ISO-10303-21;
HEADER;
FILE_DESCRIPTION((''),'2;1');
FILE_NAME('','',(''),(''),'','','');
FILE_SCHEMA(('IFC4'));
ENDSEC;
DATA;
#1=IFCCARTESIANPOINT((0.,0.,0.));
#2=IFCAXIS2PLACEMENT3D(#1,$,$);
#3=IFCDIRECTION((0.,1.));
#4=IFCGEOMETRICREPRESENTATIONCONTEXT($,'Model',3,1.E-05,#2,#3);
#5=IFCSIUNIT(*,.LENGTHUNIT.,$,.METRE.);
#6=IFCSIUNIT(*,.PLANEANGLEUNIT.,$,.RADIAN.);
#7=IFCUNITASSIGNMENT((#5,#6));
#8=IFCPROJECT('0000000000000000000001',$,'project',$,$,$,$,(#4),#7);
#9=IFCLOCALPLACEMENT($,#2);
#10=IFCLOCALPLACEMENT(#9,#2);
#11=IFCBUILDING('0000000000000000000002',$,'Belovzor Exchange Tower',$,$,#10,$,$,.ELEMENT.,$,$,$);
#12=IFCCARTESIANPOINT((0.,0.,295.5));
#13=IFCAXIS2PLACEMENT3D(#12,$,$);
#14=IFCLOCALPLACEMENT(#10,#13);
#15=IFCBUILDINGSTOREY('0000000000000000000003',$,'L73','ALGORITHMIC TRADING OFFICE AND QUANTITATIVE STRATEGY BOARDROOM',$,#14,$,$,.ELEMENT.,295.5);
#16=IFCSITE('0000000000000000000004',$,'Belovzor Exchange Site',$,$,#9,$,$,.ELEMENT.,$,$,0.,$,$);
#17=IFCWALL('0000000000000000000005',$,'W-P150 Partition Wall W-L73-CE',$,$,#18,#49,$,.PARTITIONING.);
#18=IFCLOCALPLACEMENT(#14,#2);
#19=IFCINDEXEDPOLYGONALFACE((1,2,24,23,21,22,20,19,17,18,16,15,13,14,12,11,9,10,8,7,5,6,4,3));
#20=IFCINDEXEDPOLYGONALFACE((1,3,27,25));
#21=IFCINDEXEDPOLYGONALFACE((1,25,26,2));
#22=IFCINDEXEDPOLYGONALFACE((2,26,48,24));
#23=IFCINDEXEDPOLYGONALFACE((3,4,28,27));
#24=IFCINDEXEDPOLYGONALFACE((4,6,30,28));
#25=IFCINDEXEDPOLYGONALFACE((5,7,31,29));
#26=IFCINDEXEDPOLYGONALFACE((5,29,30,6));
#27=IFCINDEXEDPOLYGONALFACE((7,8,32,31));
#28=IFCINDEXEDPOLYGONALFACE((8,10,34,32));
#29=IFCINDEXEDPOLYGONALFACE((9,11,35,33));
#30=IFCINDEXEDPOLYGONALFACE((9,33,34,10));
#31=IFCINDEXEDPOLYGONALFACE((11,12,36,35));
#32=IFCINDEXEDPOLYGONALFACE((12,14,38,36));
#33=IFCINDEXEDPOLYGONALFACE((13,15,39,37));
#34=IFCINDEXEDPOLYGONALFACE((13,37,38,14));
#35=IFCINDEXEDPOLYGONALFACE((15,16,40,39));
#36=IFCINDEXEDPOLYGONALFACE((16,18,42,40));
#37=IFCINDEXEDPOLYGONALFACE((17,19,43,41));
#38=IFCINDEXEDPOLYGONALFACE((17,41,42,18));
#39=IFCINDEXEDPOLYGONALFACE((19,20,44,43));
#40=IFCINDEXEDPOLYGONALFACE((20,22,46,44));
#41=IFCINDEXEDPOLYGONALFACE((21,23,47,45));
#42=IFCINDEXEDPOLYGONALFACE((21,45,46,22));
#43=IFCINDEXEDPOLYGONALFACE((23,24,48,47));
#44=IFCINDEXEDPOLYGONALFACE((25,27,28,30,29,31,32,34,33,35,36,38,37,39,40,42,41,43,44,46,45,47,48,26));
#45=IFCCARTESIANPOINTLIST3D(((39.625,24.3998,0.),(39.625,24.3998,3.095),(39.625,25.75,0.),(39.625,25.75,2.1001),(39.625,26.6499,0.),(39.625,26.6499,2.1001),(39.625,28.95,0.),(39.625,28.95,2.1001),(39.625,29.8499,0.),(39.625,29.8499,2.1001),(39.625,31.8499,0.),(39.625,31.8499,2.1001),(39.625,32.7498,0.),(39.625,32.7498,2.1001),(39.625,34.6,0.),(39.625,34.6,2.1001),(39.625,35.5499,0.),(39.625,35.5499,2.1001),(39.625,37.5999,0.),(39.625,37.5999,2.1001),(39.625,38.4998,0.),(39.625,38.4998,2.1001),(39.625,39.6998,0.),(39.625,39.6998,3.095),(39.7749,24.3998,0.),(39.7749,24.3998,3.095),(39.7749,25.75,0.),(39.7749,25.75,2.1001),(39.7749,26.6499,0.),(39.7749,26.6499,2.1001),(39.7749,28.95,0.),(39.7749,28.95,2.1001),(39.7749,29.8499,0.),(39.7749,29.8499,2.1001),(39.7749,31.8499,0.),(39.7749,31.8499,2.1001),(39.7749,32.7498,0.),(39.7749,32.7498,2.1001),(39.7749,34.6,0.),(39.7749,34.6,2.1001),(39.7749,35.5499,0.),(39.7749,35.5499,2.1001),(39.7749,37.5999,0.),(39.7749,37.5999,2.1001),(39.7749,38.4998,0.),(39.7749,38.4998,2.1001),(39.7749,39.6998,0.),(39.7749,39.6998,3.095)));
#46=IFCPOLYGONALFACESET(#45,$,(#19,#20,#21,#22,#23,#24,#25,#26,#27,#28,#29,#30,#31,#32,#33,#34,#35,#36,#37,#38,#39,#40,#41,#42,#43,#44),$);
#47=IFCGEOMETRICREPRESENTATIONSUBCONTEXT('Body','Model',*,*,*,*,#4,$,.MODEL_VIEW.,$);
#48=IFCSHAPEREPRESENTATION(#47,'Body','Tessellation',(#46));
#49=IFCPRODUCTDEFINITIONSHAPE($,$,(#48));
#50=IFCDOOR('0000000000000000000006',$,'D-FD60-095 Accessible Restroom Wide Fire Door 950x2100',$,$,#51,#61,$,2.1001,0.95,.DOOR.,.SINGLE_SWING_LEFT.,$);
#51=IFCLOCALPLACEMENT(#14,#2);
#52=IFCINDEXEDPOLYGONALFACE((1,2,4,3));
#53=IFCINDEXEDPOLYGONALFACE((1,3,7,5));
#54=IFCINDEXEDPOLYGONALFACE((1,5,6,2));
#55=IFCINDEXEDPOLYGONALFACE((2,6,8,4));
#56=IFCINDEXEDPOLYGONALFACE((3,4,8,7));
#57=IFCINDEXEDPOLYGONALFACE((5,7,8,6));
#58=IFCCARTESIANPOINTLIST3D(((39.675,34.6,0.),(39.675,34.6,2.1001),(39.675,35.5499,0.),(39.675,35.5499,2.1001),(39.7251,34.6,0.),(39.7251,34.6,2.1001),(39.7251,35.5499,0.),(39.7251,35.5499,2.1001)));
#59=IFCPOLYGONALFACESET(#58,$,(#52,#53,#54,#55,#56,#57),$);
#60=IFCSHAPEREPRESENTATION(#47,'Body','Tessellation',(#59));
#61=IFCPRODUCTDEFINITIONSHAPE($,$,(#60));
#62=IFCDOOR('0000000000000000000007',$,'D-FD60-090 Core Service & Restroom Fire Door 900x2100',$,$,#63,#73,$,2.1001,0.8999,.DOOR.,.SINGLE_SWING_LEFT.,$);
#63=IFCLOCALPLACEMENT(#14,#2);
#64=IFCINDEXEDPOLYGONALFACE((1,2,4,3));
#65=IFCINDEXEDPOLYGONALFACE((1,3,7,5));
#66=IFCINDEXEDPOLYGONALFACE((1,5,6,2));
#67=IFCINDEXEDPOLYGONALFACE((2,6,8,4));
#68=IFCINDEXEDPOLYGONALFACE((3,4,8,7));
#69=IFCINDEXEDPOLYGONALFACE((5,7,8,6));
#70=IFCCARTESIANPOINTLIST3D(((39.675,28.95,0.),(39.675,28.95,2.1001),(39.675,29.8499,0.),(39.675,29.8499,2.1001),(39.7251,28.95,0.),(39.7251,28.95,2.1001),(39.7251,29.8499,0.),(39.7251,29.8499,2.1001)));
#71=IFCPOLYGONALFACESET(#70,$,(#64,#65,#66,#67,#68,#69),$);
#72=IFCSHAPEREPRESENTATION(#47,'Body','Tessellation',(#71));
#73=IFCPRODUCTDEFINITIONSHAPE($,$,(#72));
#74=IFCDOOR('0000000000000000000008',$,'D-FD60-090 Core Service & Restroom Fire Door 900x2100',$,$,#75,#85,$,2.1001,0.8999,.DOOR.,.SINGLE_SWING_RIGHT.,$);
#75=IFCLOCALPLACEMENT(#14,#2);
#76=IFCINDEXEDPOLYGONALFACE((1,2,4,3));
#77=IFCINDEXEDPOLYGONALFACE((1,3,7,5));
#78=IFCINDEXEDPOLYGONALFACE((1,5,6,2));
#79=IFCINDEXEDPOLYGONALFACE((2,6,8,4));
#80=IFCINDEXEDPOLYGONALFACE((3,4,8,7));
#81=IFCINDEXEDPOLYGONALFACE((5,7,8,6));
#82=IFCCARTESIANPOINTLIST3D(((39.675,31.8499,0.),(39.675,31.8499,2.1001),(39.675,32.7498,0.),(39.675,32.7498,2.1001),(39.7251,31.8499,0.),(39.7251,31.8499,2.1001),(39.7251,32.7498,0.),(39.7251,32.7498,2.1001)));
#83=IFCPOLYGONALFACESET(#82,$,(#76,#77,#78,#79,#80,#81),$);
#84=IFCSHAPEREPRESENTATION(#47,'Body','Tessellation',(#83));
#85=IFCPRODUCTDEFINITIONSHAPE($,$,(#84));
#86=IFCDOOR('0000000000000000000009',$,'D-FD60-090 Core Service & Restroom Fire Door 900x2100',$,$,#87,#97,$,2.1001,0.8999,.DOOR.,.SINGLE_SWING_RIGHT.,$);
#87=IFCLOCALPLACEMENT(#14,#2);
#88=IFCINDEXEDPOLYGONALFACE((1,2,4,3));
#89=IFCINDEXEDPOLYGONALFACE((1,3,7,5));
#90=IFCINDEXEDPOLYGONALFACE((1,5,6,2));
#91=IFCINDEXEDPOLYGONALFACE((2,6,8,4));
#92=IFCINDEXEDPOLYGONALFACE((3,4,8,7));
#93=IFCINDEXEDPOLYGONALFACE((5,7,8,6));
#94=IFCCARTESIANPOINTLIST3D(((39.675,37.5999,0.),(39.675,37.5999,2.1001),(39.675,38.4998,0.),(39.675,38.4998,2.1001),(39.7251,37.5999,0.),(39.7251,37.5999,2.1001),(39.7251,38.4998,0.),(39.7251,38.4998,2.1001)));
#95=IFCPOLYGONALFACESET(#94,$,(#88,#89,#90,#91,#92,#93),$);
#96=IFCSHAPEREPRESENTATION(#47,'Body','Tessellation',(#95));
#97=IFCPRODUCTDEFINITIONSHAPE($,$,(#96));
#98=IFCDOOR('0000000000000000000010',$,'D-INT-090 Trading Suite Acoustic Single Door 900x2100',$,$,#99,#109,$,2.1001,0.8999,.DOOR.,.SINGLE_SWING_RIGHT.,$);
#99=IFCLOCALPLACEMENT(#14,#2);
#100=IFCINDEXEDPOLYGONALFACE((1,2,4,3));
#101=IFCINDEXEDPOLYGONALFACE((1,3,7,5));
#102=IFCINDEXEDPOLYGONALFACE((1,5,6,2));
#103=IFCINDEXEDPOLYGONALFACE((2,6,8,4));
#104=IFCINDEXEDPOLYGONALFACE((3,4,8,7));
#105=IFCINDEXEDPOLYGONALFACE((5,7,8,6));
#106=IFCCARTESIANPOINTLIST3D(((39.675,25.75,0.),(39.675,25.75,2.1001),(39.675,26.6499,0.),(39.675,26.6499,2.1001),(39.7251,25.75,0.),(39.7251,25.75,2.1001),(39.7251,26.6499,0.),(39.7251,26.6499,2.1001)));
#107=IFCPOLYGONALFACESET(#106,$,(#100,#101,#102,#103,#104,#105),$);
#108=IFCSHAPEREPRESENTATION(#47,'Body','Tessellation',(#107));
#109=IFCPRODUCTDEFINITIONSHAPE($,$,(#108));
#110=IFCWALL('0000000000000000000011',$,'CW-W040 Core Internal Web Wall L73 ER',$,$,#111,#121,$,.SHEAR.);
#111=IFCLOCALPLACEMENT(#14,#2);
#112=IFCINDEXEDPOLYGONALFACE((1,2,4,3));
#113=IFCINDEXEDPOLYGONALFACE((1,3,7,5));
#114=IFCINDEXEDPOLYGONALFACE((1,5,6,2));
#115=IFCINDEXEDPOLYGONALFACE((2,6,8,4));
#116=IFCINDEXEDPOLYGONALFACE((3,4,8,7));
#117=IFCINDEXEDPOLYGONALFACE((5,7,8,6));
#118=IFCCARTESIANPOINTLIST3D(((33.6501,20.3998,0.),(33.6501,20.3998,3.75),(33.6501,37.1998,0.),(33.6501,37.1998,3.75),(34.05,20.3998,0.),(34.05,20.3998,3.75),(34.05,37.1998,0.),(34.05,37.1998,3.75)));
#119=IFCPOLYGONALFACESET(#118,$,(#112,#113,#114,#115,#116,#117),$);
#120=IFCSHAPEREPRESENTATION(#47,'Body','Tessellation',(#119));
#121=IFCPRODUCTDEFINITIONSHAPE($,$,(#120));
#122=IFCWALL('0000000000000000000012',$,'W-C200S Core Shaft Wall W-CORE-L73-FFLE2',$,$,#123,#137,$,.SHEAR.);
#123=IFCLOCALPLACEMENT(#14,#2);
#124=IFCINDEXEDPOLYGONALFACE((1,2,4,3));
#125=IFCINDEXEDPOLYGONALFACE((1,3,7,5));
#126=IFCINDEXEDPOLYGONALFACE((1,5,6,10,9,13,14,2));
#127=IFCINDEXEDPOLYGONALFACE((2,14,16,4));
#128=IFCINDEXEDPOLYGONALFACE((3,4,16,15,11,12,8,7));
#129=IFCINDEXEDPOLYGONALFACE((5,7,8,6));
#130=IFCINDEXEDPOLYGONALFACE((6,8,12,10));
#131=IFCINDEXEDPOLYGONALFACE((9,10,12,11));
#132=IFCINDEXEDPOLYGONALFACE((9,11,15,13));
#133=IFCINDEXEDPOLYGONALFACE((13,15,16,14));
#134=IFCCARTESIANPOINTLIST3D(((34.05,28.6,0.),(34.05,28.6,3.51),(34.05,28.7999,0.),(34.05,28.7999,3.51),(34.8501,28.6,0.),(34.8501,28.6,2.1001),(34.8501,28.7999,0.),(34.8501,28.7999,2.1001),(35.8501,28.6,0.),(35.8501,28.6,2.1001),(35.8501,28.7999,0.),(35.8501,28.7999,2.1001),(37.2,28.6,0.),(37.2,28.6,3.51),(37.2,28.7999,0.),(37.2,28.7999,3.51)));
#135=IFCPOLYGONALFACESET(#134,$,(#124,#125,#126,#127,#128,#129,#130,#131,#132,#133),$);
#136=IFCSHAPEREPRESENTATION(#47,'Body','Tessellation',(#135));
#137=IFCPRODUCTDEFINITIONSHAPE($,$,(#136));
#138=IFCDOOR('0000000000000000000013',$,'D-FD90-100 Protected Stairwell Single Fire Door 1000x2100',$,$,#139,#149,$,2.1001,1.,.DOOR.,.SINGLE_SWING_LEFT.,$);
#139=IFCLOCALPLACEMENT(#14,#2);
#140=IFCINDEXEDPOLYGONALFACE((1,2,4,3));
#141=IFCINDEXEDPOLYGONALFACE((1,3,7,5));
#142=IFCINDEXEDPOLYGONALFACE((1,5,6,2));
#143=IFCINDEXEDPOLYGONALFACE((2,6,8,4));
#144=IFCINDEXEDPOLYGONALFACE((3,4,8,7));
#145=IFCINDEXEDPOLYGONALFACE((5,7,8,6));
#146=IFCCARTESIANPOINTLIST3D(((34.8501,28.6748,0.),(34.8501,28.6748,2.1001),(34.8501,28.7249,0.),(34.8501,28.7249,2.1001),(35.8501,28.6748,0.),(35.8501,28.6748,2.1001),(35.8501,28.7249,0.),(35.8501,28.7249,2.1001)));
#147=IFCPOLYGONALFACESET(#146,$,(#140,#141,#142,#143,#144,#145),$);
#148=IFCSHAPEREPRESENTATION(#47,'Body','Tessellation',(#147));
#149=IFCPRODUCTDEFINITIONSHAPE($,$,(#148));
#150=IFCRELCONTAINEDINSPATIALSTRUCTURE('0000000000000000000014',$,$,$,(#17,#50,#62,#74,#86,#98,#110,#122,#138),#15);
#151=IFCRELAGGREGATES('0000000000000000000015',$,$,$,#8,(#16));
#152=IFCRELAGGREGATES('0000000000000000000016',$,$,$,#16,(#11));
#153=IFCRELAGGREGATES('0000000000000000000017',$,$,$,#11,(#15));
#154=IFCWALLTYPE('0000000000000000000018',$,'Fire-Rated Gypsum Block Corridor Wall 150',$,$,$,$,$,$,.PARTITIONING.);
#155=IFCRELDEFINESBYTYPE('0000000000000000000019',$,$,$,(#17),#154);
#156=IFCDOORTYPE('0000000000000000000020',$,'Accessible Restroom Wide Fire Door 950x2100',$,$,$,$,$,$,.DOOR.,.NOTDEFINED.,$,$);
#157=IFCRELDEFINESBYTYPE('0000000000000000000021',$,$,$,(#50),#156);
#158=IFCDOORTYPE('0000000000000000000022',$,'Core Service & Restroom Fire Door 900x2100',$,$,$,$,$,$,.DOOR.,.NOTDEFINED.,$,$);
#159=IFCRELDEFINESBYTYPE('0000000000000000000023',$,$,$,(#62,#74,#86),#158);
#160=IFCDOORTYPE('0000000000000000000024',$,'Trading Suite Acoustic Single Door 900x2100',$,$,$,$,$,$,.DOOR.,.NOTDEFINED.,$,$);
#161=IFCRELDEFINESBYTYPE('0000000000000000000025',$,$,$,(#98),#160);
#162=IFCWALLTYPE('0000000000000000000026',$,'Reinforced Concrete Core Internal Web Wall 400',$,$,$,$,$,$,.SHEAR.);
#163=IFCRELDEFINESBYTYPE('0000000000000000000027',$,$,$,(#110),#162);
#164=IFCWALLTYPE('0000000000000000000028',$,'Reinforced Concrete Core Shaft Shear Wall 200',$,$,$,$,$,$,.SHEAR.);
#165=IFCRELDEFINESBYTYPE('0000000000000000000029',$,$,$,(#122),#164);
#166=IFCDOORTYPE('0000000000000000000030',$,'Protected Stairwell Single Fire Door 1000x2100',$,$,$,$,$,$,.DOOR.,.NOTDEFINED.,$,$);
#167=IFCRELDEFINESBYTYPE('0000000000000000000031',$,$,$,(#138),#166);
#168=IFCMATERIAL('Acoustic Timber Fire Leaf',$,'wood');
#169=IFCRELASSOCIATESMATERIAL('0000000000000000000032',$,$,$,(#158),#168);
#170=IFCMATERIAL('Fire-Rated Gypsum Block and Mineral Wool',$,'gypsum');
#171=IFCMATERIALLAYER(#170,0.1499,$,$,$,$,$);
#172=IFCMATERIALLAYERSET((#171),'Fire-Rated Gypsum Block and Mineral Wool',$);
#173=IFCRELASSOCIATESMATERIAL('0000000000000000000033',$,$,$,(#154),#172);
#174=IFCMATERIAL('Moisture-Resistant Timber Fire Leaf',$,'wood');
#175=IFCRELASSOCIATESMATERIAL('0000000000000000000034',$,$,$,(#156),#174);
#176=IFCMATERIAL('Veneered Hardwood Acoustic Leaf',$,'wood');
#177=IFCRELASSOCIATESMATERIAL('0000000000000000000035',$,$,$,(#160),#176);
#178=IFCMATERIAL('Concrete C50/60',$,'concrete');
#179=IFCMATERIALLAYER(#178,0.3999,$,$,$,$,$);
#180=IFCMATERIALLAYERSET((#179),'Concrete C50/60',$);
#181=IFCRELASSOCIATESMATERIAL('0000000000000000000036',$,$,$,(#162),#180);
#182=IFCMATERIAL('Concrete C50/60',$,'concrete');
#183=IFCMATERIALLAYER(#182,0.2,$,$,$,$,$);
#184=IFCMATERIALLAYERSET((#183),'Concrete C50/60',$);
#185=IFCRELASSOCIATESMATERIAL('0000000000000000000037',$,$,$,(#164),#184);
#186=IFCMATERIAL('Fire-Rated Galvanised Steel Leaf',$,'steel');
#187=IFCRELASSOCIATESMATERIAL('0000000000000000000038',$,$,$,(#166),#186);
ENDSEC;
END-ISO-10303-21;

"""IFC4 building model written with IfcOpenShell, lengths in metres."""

from ifc_helpers import new_model, si_unit, direction, frame, frame_2d, origin, place, context, subcontext, project, spatial, rectangle, extrude, material, layer, layer_set, type_object, element, fill, save


model = new_model("IFC4")

# Units and contexts
model_context = context("Model", 3, precision=1e-05, world=origin(), true_north=direction((0.0, 1.0)))
body_context = subcontext(model_context, "Body", "Model", "MODEL_VIEW")
ifc_project = project(units=[si_unit("LENGTHUNIT", "METRE"), si_unit("PLANEANGLEUNIT", "RADIAN")], contexts=[model_context])

# Site, building, storey
site_placement = place(None, origin())
site = spatial("IfcSite", under=ifc_project, at=site_placement, Name="Belovzor Exchange Site", CompositionType="ELEMENT", RefElevation=0.0)
building_placement = place(site_placement, origin())
building = spatial("IfcBuilding", under=site, at=building_placement, Name="Belovzor Exchange Tower", CompositionType="ELEMENT")
storey_placement = place(building_placement, frame((0.0, 0.0, 295.5)))
storey = spatial("IfcBuildingStorey", under=building, at=storey_placement, Name="L73", Description="ALGORITHMIC TRADING OFFICE AND QUANTITATIVE STRATEGY BOARDROOM", CompositionType="ELEMENT", Elevation=295.5)

# Shared definitions
ifc_material_1 = material(Name="Acoustic Timber Fire Leaf", Category="wood")
door_type_1 = type_object("IfcDoorType", Name="Core Service & Restroom Fire Door 900x2100", OperationType="NOTDEFINED", PredefinedType="DOOR", material=ifc_material_1)

# Shared definitions
ifc_material_2 = material(Name="Fire-Rated Gypsum Block and Mineral Wool", Category="gypsum")
ifc_layer_1 = layer(ifc_material_2, 0.1499)
ifc_layer_set_1 = layer_set([ifc_layer_1], Name="Fire-Rated Gypsum Block and Mineral Wool")
wall_type_1 = type_object("IfcWallType", Name="Fire-Rated Gypsum Block Corridor Wall 150", PredefinedType="PARTITIONING", material=ifc_layer_set_1)

# Wall, openings, doors
wall_1_placement = place(storey_placement, frame((39.7, 24.3999, 0.0), z_axis=(0.0, 0.0, 1.0), x_axis=(0.0, 1.0, 0.0)))
wall_1 = element("IfcWall", 1, at=wall_1_placement, inside=storey, type_object=wall_type_1, Name="W-P150 Partition Wall W-L73-CE", PredefinedType="PARTITIONING", context=body_context, shape_type="SweptSolid", body=[
    extrude(rectangle(XDim=15.3, YDim=0.1499, at=frame_2d((7.6499, 0.0))), origin(), (0.0, 0.0, 1.0), 3.095),
])
opening_1_placement = place(wall_1_placement, frame((1.3501, 0.0, 0.0)))
opening_1 = element("IfcOpeningElement", 2, at=opening_1_placement, cuts=wall_1, PredefinedType="OPENING", context=body_context, shape_type="SweptSolid", body=[
    extrude(rectangle(XDim=0.8999, YDim=2.1001, at=frame_2d((0.45, 1.05))), frame((0.0, 0.085, 0.0), z_axis=(0.0, -1.0, 0.0), x_axis=(1.0, 0.0, 0.0)), (0.0, 0.0, 1.0), 0.1699),
])
opening_2_placement = place(wall_1_placement, frame((4.55, 0.0, 0.0)))
opening_2 = element("IfcOpeningElement", 3, at=opening_2_placement, cuts=wall_1, PredefinedType="OPENING", context=body_context, shape_type="SweptSolid", body=[
    extrude(rectangle(XDim=0.8999, YDim=2.1001, at=frame_2d((0.45, 1.05))), frame((0.0, 0.085, 0.0), z_axis=(0.0, -1.0, 0.0), x_axis=(1.0, 0.0, 0.0)), (0.0, 0.0, 1.0), 0.1699),
])
opening_3_placement = place(wall_1_placement, frame((7.45, 0.0, 0.0)))
opening_3 = element("IfcOpeningElement", 4, at=opening_3_placement, cuts=wall_1, PredefinedType="OPENING", context=body_context, shape_type="SweptSolid", body=[
    extrude(rectangle(XDim=0.8999, YDim=2.1001, at=frame_2d((0.45, 1.05))), frame((0.0, 0.085, 0.0), z_axis=(0.0, -1.0, 0.0), x_axis=(1.0, 0.0, 0.0)), (0.0, 0.0, 1.0), 0.1699),
])
opening_4_placement = place(wall_1_placement, frame((10.2, 0.0, 0.0)))
opening_4 = element("IfcOpeningElement", 5, at=opening_4_placement, cuts=wall_1, PredefinedType="OPENING", context=body_context, shape_type="SweptSolid", body=[
    extrude(rectangle(XDim=0.95, YDim=2.1001, at=frame_2d((0.4751, 1.05))), frame((0.0, 0.085, 0.0), z_axis=(0.0, -1.0, 0.0), x_axis=(1.0, 0.0, 0.0)), (0.0, 0.0, 1.0), 0.1699),
])
opening_5_placement = place(wall_1_placement, frame((13.2, 0.0, 0.0)))
opening_5 = element("IfcOpeningElement", 6, at=opening_5_placement, cuts=wall_1, PredefinedType="OPENING", context=body_context, shape_type="SweptSolid", body=[
    extrude(rectangle(XDim=0.8999, YDim=2.1001, at=frame_2d((0.45, 1.05))), frame((0.0, 0.085, 0.0), z_axis=(0.0, -1.0, 0.0), x_axis=(1.0, 0.0, 0.0)), (0.0, 0.0, 1.0), 0.1699),
])
ifc_material_3 = material(Name="Moisture-Resistant Timber Fire Leaf", Category="wood")
door_type_2 = type_object("IfcDoorType", Name="Accessible Restroom Wide Fire Door 950x2100", OperationType="NOTDEFINED", PredefinedType="DOOR", material=ifc_material_3)
door_1_placement = place(opening_4_placement, origin())
door_1 = element("IfcDoor", 7, at=door_1_placement, inside=storey, type_object=door_type_2, Name="D-FD60-095 Accessible Restroom Wide Fire Door 950x2100", OperationType="SINGLE_SWING_LEFT", OverallHeight=2.1001, OverallWidth=0.95, PredefinedType="DOOR", context=body_context, shape_type="SweptSolid", body=[
    extrude(rectangle(XDim=0.95, YDim=2.1001, at=frame_2d((0.4751, 1.05))), frame((0.0, 0.0249, 0.0), z_axis=(0.0, -1.0, 0.0), x_axis=(1.0, 0.0, 0.0)), (0.0, 0.0, 1.0), 0.05),
])
fill(opening_4, door_1)
door_2_placement = place(opening_2_placement, origin())
door_2 = element("IfcDoor", 8, at=door_2_placement, inside=storey, type_object=door_type_1, Name="D-FD60-090 Core Service & Restroom Fire Door 900x2100", OperationType="SINGLE_SWING_LEFT", OverallHeight=2.1001, OverallWidth=0.8999, PredefinedType="DOOR", context=body_context, shape_type="SweptSolid", body=[
    extrude(rectangle(XDim=0.8999, YDim=2.1001, at=frame_2d((0.45, 1.05))), frame((0.0, 0.0249, 0.0), z_axis=(0.0, -1.0, 0.0), x_axis=(1.0, 0.0, 0.0)), (0.0, 0.0, 1.0), 0.05),
])
fill(opening_2, door_2)
door_3_placement = place(opening_3_placement, origin())
door_3 = element("IfcDoor", 9, at=door_3_placement, inside=storey, type_object=door_type_1, Name="D-FD60-090 Core Service & Restroom Fire Door 900x2100", OperationType="SINGLE_SWING_RIGHT", OverallHeight=2.1001, OverallWidth=0.8999, PredefinedType="DOOR", context=body_context, shape_type="SweptSolid", body=[
    extrude(rectangle(XDim=0.8999, YDim=2.1001, at=frame_2d((0.45, 1.05))), frame((0.0, 0.0249, 0.0), z_axis=(0.0, -1.0, 0.0), x_axis=(1.0, 0.0, 0.0)), (0.0, 0.0, 1.0), 0.05),
])
fill(opening_3, door_3)
door_4_placement = place(opening_5_placement, origin())
door_4 = element("IfcDoor", 10, at=door_4_placement, inside=storey, type_object=door_type_1, Name="D-FD60-090 Core Service & Restroom Fire Door 900x2100", OperationType="SINGLE_SWING_RIGHT", OverallHeight=2.1001, OverallWidth=0.8999, PredefinedType="DOOR", context=body_context, shape_type="SweptSolid", body=[
    extrude(rectangle(XDim=0.8999, YDim=2.1001, at=frame_2d((0.45, 1.05))), frame((0.0, 0.0249, 0.0), z_axis=(0.0, -1.0, 0.0), x_axis=(1.0, 0.0, 0.0)), (0.0, 0.0, 1.0), 0.05),
])
fill(opening_5, door_4)
ifc_material_4 = material(Name="Veneered Hardwood Acoustic Leaf", Category="wood")
door_type_3 = type_object("IfcDoorType", Name="Trading Suite Acoustic Single Door 900x2100", OperationType="NOTDEFINED", PredefinedType="DOOR", material=ifc_material_4)
door_5_placement = place(opening_1_placement, origin())
door_5 = element("IfcDoor", 11, at=door_5_placement, inside=storey, type_object=door_type_3, Name="D-INT-090 Trading Suite Acoustic Single Door 900x2100", OperationType="SINGLE_SWING_RIGHT", OverallHeight=2.1001, OverallWidth=0.8999, PredefinedType="DOOR", context=body_context, shape_type="SweptSolid", body=[
    extrude(rectangle(XDim=0.8999, YDim=2.1001, at=frame_2d((0.45, 1.05))), frame((0.0, 0.0249, 0.0), z_axis=(0.0, -1.0, 0.0), x_axis=(1.0, 0.0, 0.0)), (0.0, 0.0, 1.0), 0.05),
])
fill(opening_1, door_5)

# Wall
ifc_material_5 = material(Name="Concrete C50/60", Category="concrete")
ifc_layer_2 = layer(ifc_material_5, 0.3999)
ifc_layer_set_2 = layer_set([ifc_layer_2], Name="Concrete C50/60")
wall_type_2 = type_object("IfcWallType", Name="Reinforced Concrete Core Internal Web Wall 400", PredefinedType="SHEAR", material=ifc_layer_set_2)
wall_2_placement = place(storey_placement, frame((33.8501, 20.3999, 0.0), z_axis=(0.0, 0.0, 1.0), x_axis=(0.0, 1.0, 0.0)))
element("IfcWall", 12, at=wall_2_placement, inside=storey, type_object=wall_type_2, Name="CW-W040 Core Internal Web Wall L73 ER", PredefinedType="SHEAR", context=body_context, shape_type="SweptSolid", body=[
    extrude(rectangle(XDim=16.8, YDim=0.3999, at=frame_2d((8.3999, 0.0))), origin(), (0.0, 0.0, 1.0), 3.75),
])

# Wall, opening, door
ifc_material_6 = material(Name="Concrete C50/60", Category="concrete")
ifc_layer_3 = layer(ifc_material_6, 0.2)
ifc_layer_set_3 = layer_set([ifc_layer_3], Name="Concrete C50/60")
wall_type_3 = type_object("IfcWallType", Name="Reinforced Concrete Core Shaft Shear Wall 200", PredefinedType="SHEAR", material=ifc_layer_set_3)
wall_3_placement = place(storey_placement, frame((34.05, 28.7, 0.0), z_axis=(0.0, 0.0, 1.0), x_axis=(1.0, 0.0, 0.0)))
wall_3 = element("IfcWall", 13, at=wall_3_placement, inside=storey, type_object=wall_type_3, Name="W-C200S Core Shaft Wall W-CORE-L73-FFLE2", PredefinedType="SHEAR", context=body_context, shape_type="SweptSolid", body=[
    extrude(rectangle(XDim=3.1499, YDim=0.2, at=frame_2d((1.575, 0.0))), origin(), (0.0, 0.0, 1.0), 3.51),
])
opening_6_placement = place(wall_3_placement, frame((0.8, 0.0, 0.0)))
opening_6 = element("IfcOpeningElement", 14, at=opening_6_placement, cuts=wall_3, PredefinedType="OPENING", context=body_context, shape_type="SweptSolid", body=[
    extrude(rectangle(XDim=1.0, YDim=2.1001, at=frame_2d((0.5, 1.05))), frame((0.0, 0.1099, 0.0), z_axis=(0.0, -1.0, 0.0), x_axis=(1.0, 0.0, 0.0)), (0.0, 0.0, 1.0), 0.22),
])
ifc_material_7 = material(Name="Fire-Rated Galvanised Steel Leaf", Category="steel")
door_type_4 = type_object("IfcDoorType", Name="Protected Stairwell Single Fire Door 1000x2100", OperationType="NOTDEFINED", PredefinedType="DOOR", material=ifc_material_7)
door_6_placement = place(opening_6_placement, origin())
door_6 = element("IfcDoor", 15, at=door_6_placement, inside=storey, type_object=door_type_4, Name="D-FD90-100 Protected Stairwell Single Fire Door 1000x2100", OperationType="SINGLE_SWING_LEFT", OverallHeight=2.1001, OverallWidth=1.0, PredefinedType="DOOR", context=body_context, shape_type="SweptSolid", body=[
    extrude(rectangle(XDim=1.0, YDim=2.1001, at=frame_2d((0.5, 1.05))), frame((0.0, 0.0249, 0.0), z_axis=(0.0, -1.0, 0.0), x_axis=(1.0, 0.0, 0.0)), (0.0, 0.0, 1.0), 0.05),
])
fill(opening_6, door_6)

save(model, "model.ifc")
